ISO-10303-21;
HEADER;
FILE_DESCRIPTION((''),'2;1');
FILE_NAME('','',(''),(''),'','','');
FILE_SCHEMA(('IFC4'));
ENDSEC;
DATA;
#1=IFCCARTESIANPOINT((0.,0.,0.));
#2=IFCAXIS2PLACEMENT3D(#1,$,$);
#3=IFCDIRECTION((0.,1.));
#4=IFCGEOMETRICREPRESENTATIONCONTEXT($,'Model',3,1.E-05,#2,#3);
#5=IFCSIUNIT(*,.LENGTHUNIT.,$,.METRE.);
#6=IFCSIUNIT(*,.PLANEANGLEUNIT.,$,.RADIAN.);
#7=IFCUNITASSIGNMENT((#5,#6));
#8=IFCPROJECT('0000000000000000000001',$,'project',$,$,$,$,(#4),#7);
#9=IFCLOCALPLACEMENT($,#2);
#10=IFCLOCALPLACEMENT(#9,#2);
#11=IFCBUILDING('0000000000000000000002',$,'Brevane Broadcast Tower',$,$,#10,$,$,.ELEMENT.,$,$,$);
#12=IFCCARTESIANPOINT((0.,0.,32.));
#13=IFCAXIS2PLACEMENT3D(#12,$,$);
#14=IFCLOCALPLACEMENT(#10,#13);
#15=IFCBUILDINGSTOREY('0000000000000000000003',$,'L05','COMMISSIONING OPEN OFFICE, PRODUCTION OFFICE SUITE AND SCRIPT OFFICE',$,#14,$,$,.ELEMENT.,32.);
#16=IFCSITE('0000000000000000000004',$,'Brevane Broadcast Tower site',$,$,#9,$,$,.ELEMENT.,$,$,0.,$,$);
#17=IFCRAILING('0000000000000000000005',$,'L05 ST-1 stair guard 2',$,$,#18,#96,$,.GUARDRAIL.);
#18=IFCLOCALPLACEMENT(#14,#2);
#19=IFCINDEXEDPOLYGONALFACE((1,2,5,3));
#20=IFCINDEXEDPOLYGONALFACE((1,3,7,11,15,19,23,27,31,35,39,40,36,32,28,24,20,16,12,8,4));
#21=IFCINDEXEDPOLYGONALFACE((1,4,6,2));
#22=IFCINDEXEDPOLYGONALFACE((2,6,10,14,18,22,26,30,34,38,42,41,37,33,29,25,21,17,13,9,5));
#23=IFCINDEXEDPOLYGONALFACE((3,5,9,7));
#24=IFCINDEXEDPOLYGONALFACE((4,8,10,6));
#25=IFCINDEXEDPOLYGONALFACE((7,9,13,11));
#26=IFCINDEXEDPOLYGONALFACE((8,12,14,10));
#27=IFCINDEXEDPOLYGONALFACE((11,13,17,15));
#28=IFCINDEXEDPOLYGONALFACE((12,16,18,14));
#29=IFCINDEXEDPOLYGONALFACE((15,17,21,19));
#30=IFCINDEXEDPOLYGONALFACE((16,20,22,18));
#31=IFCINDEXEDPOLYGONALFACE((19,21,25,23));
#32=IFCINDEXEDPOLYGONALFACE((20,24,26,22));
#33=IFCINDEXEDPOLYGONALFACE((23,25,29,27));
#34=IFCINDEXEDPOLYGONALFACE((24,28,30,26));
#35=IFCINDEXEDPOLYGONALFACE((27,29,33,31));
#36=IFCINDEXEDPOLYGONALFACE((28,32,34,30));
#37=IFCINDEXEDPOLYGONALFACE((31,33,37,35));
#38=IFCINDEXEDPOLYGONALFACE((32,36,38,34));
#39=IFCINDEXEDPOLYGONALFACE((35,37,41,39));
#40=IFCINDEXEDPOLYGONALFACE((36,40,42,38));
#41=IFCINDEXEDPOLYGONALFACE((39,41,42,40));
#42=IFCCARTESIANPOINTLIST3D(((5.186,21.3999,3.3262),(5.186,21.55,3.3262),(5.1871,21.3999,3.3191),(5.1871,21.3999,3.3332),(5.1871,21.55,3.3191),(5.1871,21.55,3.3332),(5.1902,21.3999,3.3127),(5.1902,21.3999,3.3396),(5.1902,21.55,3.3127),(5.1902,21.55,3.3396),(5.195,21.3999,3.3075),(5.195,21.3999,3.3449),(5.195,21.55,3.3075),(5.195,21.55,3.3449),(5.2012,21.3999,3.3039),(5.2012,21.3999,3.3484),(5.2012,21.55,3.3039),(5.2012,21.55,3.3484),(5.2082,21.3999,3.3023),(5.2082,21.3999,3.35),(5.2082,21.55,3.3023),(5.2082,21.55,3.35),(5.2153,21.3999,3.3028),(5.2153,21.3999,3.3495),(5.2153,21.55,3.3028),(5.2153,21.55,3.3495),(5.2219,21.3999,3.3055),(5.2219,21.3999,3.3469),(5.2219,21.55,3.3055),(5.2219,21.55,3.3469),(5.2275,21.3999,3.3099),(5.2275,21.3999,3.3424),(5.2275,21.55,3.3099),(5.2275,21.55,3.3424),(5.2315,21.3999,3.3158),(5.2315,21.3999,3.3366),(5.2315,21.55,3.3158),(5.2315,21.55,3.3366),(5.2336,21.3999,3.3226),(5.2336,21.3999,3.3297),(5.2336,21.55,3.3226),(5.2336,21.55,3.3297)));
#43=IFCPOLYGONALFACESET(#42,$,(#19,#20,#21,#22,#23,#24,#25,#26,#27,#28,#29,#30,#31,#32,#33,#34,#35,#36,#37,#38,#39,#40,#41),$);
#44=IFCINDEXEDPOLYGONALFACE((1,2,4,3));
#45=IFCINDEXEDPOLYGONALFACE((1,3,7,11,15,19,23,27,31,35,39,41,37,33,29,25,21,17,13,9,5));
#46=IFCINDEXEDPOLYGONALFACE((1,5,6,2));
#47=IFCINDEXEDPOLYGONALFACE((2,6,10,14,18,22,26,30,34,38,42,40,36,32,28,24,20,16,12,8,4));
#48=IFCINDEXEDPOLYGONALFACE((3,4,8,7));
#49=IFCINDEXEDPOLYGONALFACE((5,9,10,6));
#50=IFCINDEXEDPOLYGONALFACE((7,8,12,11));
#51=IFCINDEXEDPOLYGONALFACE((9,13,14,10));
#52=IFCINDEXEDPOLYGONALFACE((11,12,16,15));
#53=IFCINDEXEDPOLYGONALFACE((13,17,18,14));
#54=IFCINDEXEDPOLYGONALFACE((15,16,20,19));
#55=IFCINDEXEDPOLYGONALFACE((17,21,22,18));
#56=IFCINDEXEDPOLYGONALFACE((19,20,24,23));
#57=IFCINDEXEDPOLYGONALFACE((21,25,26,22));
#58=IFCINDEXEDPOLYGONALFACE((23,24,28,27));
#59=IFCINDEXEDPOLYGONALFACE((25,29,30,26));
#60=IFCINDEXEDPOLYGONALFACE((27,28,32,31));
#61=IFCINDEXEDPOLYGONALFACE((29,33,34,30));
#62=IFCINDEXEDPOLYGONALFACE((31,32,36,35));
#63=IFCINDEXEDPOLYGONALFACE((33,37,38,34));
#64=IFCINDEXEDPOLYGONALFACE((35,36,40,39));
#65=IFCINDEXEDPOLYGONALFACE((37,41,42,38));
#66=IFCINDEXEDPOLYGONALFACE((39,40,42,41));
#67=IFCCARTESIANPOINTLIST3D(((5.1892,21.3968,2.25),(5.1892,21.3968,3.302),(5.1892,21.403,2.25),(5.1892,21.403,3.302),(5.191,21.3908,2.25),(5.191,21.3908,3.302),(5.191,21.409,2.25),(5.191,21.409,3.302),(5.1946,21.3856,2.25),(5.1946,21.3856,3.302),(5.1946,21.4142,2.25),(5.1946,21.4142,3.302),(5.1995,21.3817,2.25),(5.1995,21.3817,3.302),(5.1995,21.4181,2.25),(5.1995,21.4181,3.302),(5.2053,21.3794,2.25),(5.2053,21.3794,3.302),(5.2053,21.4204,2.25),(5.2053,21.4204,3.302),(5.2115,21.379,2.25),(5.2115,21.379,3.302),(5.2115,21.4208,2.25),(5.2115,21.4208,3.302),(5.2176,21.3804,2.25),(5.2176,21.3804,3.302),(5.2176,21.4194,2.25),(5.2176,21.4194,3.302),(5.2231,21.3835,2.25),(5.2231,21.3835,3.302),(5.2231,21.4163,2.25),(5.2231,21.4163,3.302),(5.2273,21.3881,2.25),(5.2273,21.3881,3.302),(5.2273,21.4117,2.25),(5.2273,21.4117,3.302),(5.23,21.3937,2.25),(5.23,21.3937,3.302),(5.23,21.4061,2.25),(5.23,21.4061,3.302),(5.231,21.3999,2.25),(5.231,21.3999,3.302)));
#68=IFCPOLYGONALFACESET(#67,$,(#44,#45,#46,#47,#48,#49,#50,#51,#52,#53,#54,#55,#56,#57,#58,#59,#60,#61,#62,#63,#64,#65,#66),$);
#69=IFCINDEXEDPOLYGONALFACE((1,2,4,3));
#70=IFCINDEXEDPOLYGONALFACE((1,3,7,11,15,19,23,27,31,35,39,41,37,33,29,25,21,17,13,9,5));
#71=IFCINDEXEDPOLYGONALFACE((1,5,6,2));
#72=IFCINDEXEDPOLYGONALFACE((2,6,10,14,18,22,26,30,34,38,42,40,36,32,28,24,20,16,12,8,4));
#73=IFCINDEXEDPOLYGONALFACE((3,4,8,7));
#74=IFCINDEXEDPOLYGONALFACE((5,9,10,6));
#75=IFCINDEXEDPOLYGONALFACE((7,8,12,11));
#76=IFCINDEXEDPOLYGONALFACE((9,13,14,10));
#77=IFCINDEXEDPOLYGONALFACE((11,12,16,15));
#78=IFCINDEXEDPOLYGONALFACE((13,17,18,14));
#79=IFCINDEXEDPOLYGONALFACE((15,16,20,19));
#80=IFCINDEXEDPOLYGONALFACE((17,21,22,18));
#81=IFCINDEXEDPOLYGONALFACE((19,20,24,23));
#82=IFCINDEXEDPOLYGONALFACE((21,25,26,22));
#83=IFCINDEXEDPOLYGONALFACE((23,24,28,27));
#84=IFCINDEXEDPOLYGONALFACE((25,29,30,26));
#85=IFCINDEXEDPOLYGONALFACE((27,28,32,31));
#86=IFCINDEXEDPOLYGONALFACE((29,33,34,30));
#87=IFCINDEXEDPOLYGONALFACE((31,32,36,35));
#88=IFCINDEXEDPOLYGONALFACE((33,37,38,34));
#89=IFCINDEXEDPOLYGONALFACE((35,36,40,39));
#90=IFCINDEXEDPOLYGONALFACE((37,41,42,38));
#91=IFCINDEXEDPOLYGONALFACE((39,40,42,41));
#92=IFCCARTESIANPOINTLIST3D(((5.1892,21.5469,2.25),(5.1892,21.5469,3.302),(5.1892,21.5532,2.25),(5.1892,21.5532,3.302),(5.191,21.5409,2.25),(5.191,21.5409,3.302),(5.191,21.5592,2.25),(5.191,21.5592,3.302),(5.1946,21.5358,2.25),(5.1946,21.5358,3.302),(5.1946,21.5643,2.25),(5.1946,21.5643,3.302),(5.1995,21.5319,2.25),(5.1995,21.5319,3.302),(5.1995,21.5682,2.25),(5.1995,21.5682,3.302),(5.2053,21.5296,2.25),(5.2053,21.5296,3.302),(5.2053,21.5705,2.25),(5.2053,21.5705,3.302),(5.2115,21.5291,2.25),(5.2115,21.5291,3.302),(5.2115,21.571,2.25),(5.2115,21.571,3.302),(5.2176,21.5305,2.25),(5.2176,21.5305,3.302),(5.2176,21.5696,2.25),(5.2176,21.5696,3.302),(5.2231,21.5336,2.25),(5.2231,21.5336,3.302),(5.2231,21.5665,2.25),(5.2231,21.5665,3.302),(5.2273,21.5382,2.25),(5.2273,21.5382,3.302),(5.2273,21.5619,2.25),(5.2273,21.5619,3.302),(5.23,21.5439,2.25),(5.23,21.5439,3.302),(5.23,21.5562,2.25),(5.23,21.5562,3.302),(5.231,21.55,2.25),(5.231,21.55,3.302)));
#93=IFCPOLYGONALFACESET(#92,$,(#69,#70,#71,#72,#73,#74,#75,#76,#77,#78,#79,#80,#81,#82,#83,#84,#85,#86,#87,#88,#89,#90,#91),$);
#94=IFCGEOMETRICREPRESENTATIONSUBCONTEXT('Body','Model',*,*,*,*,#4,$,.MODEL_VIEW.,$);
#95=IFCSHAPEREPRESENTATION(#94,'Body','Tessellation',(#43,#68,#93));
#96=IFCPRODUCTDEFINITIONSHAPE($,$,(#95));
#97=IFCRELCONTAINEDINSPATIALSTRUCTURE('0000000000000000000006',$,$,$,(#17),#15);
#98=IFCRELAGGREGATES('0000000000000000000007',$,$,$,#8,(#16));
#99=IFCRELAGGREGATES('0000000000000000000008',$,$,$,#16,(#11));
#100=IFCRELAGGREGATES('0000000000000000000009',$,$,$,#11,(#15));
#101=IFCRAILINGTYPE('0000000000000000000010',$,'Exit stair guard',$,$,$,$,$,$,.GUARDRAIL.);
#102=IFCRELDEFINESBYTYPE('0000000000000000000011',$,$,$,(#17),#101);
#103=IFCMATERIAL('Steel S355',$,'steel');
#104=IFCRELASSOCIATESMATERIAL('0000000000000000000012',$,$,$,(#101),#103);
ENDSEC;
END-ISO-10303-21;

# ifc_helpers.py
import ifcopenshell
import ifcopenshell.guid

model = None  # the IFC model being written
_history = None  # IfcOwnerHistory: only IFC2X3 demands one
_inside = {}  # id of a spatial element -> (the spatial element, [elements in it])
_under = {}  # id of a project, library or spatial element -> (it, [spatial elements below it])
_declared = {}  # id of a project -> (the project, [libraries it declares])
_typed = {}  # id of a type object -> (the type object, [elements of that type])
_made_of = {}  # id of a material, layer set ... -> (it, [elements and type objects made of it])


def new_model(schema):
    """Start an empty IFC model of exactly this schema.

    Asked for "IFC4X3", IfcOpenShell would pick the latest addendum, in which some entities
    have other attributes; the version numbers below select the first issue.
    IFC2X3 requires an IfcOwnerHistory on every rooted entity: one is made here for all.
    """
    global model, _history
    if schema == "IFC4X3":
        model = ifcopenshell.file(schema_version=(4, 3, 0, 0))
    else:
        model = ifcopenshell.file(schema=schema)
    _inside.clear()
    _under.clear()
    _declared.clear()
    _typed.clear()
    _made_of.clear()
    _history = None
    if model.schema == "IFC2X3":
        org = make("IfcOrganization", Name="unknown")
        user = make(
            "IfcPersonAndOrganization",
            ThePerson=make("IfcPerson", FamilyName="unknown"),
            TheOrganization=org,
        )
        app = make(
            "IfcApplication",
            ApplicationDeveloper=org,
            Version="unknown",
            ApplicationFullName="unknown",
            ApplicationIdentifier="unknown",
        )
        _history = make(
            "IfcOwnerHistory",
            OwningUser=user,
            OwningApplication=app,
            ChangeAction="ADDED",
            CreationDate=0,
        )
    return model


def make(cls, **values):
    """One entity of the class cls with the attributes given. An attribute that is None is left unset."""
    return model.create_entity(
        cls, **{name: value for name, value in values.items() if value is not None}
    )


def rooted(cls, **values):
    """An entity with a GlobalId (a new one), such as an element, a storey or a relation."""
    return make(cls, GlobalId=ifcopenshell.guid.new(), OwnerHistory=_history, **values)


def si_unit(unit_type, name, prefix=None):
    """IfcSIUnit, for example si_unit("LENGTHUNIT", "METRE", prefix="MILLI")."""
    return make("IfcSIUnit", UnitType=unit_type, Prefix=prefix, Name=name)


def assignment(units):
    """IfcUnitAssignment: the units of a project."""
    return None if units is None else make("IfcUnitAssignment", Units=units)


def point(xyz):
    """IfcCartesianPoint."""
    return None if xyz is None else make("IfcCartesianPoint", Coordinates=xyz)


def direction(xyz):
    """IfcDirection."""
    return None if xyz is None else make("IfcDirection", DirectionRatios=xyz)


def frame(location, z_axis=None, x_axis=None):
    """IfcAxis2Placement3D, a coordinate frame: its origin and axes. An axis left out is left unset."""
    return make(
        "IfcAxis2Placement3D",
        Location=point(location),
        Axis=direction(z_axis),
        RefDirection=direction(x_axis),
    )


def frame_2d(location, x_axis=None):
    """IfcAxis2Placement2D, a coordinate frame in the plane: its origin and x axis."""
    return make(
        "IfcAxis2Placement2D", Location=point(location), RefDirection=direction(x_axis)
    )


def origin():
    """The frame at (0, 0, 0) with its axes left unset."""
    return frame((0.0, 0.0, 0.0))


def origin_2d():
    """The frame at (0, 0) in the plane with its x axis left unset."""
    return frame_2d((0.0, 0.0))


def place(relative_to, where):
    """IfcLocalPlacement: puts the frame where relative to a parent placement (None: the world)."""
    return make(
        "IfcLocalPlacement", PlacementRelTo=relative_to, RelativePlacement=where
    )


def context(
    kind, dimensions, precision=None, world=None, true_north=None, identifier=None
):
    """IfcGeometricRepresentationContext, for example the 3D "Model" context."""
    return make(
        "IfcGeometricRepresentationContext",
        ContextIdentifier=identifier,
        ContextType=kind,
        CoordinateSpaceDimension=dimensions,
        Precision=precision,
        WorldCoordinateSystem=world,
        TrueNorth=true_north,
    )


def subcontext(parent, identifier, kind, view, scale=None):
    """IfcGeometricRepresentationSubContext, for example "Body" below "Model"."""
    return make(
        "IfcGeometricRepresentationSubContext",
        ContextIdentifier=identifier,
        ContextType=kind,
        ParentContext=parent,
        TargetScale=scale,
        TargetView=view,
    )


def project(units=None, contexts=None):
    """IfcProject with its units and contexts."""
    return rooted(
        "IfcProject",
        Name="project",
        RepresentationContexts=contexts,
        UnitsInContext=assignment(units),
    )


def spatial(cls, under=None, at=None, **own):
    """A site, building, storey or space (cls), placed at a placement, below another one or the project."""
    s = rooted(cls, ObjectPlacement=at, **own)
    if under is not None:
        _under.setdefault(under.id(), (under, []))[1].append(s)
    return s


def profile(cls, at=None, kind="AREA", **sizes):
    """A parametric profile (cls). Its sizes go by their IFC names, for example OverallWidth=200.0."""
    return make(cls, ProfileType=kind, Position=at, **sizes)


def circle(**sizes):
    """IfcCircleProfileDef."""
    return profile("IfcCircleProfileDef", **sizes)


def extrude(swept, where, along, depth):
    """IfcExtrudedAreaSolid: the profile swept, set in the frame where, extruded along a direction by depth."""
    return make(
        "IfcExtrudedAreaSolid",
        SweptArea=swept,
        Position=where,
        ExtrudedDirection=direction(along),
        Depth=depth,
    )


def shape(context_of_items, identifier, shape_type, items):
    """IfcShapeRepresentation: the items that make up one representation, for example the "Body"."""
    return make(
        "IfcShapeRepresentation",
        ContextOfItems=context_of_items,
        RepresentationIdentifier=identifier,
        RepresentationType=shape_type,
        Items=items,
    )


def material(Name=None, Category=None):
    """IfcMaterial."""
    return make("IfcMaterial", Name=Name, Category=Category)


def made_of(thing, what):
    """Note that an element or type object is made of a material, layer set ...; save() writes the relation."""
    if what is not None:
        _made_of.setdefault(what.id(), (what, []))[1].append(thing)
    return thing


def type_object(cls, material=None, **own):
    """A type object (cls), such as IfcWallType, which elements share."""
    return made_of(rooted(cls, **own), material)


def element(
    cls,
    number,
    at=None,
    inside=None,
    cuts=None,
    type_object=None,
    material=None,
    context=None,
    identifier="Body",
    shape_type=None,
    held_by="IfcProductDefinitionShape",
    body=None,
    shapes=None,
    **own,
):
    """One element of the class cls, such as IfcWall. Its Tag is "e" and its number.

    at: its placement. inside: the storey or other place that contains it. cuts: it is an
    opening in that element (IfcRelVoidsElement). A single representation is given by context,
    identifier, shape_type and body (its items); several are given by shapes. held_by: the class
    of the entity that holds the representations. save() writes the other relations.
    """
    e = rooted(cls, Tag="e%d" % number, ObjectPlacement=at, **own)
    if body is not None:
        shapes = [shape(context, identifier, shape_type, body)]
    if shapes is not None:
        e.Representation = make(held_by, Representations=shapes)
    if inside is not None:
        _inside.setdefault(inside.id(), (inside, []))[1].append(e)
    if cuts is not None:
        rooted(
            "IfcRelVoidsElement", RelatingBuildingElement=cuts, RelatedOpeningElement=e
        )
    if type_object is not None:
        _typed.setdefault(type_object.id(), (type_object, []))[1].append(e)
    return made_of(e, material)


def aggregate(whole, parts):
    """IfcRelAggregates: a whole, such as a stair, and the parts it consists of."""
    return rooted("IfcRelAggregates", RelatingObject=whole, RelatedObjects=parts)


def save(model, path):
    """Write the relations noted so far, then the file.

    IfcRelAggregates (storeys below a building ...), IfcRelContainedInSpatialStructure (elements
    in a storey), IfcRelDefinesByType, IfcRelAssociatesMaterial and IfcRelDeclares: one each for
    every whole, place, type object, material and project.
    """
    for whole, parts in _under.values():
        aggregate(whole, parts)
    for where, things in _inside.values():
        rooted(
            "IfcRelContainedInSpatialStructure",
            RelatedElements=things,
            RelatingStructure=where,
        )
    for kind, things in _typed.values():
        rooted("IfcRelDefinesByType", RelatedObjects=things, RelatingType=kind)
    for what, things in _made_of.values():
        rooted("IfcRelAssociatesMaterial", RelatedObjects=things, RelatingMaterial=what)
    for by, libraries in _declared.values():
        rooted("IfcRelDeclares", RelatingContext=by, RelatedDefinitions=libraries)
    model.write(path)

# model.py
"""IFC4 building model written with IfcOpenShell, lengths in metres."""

from ifc_helpers import new_model, si_unit, direction, frame, origin, origin_2d, place, context, subcontext, project, spatial, circle, extrude, material, type_object, element, save


model = new_model("IFC4")

# Units and contexts
model_context = context("Model", 3, precision=1e-05, world=origin(), true_north=direction((0.0, 1.0)))
body_context = subcontext(model_context, "Body", "Model", "MODEL_VIEW")
ifc_project = project(units=[si_unit("LENGTHUNIT", "METRE"), si_unit("PLANEANGLEUNIT", "RADIAN")], contexts=[model_context])

# Site, building, storey
site_placement = place(None, origin())
site = spatial("IfcSite", under=ifc_project, at=site_placement, Name="Brevane Broadcast Tower site", CompositionType="ELEMENT", RefElevation=0.0)
building_placement = place(site_placement, origin())
building = spatial("IfcBuilding", under=site, at=building_placement, Name="Brevane Broadcast Tower", CompositionType="ELEMENT")
storey_placement = place(building_placement, frame((0.0, 0.0, 32.0)))
storey = spatial("IfcBuildingStorey", under=building, at=storey_placement, Name="L05", Description="COMMISSIONING OPEN OFFICE, PRODUCTION OFFICE SUITE AND SCRIPT OFFICE", CompositionType="ELEMENT", Elevation=32.0)

# Railing
ifc_material_1 = material(Name="Steel S355", Category="steel")
railing_type_1 = type_object("IfcRailingType", Name="Exit stair guard", PredefinedType="GUARDRAIL", material=ifc_material_1)
railing_1_placement = place(storey_placement, frame((5.21, 21.3999, 2.25)))
element("IfcRailing", 1, at=railing_1_placement, inside=storey, type_object=railing_type_1, Name="L05 ST-1 stair guard 2", PredefinedType="GUARDRAIL", context=body_context, shape_type="SweptSolid", body=[
    extrude(circle(Radius=0.0239, at=origin_2d()), frame((0.0, 0.0, 1.0762), z_axis=(0.0, 1.0, 0.0), x_axis=(-1.0, 0.0, 0.0)), (0.0, 0.0, 1.0), 0.1501),
    extrude(circle(Radius=0.021, at=origin_2d()), origin(), (0.0, 0.0, 1.0), 1.052),
    extrude(circle(Radius=0.021, at=origin_2d()), frame((0.0, 0.1501, 0.0)), (0.0, 0.0, 1.0), 1.052),
])

save(model, "model.ifc")
